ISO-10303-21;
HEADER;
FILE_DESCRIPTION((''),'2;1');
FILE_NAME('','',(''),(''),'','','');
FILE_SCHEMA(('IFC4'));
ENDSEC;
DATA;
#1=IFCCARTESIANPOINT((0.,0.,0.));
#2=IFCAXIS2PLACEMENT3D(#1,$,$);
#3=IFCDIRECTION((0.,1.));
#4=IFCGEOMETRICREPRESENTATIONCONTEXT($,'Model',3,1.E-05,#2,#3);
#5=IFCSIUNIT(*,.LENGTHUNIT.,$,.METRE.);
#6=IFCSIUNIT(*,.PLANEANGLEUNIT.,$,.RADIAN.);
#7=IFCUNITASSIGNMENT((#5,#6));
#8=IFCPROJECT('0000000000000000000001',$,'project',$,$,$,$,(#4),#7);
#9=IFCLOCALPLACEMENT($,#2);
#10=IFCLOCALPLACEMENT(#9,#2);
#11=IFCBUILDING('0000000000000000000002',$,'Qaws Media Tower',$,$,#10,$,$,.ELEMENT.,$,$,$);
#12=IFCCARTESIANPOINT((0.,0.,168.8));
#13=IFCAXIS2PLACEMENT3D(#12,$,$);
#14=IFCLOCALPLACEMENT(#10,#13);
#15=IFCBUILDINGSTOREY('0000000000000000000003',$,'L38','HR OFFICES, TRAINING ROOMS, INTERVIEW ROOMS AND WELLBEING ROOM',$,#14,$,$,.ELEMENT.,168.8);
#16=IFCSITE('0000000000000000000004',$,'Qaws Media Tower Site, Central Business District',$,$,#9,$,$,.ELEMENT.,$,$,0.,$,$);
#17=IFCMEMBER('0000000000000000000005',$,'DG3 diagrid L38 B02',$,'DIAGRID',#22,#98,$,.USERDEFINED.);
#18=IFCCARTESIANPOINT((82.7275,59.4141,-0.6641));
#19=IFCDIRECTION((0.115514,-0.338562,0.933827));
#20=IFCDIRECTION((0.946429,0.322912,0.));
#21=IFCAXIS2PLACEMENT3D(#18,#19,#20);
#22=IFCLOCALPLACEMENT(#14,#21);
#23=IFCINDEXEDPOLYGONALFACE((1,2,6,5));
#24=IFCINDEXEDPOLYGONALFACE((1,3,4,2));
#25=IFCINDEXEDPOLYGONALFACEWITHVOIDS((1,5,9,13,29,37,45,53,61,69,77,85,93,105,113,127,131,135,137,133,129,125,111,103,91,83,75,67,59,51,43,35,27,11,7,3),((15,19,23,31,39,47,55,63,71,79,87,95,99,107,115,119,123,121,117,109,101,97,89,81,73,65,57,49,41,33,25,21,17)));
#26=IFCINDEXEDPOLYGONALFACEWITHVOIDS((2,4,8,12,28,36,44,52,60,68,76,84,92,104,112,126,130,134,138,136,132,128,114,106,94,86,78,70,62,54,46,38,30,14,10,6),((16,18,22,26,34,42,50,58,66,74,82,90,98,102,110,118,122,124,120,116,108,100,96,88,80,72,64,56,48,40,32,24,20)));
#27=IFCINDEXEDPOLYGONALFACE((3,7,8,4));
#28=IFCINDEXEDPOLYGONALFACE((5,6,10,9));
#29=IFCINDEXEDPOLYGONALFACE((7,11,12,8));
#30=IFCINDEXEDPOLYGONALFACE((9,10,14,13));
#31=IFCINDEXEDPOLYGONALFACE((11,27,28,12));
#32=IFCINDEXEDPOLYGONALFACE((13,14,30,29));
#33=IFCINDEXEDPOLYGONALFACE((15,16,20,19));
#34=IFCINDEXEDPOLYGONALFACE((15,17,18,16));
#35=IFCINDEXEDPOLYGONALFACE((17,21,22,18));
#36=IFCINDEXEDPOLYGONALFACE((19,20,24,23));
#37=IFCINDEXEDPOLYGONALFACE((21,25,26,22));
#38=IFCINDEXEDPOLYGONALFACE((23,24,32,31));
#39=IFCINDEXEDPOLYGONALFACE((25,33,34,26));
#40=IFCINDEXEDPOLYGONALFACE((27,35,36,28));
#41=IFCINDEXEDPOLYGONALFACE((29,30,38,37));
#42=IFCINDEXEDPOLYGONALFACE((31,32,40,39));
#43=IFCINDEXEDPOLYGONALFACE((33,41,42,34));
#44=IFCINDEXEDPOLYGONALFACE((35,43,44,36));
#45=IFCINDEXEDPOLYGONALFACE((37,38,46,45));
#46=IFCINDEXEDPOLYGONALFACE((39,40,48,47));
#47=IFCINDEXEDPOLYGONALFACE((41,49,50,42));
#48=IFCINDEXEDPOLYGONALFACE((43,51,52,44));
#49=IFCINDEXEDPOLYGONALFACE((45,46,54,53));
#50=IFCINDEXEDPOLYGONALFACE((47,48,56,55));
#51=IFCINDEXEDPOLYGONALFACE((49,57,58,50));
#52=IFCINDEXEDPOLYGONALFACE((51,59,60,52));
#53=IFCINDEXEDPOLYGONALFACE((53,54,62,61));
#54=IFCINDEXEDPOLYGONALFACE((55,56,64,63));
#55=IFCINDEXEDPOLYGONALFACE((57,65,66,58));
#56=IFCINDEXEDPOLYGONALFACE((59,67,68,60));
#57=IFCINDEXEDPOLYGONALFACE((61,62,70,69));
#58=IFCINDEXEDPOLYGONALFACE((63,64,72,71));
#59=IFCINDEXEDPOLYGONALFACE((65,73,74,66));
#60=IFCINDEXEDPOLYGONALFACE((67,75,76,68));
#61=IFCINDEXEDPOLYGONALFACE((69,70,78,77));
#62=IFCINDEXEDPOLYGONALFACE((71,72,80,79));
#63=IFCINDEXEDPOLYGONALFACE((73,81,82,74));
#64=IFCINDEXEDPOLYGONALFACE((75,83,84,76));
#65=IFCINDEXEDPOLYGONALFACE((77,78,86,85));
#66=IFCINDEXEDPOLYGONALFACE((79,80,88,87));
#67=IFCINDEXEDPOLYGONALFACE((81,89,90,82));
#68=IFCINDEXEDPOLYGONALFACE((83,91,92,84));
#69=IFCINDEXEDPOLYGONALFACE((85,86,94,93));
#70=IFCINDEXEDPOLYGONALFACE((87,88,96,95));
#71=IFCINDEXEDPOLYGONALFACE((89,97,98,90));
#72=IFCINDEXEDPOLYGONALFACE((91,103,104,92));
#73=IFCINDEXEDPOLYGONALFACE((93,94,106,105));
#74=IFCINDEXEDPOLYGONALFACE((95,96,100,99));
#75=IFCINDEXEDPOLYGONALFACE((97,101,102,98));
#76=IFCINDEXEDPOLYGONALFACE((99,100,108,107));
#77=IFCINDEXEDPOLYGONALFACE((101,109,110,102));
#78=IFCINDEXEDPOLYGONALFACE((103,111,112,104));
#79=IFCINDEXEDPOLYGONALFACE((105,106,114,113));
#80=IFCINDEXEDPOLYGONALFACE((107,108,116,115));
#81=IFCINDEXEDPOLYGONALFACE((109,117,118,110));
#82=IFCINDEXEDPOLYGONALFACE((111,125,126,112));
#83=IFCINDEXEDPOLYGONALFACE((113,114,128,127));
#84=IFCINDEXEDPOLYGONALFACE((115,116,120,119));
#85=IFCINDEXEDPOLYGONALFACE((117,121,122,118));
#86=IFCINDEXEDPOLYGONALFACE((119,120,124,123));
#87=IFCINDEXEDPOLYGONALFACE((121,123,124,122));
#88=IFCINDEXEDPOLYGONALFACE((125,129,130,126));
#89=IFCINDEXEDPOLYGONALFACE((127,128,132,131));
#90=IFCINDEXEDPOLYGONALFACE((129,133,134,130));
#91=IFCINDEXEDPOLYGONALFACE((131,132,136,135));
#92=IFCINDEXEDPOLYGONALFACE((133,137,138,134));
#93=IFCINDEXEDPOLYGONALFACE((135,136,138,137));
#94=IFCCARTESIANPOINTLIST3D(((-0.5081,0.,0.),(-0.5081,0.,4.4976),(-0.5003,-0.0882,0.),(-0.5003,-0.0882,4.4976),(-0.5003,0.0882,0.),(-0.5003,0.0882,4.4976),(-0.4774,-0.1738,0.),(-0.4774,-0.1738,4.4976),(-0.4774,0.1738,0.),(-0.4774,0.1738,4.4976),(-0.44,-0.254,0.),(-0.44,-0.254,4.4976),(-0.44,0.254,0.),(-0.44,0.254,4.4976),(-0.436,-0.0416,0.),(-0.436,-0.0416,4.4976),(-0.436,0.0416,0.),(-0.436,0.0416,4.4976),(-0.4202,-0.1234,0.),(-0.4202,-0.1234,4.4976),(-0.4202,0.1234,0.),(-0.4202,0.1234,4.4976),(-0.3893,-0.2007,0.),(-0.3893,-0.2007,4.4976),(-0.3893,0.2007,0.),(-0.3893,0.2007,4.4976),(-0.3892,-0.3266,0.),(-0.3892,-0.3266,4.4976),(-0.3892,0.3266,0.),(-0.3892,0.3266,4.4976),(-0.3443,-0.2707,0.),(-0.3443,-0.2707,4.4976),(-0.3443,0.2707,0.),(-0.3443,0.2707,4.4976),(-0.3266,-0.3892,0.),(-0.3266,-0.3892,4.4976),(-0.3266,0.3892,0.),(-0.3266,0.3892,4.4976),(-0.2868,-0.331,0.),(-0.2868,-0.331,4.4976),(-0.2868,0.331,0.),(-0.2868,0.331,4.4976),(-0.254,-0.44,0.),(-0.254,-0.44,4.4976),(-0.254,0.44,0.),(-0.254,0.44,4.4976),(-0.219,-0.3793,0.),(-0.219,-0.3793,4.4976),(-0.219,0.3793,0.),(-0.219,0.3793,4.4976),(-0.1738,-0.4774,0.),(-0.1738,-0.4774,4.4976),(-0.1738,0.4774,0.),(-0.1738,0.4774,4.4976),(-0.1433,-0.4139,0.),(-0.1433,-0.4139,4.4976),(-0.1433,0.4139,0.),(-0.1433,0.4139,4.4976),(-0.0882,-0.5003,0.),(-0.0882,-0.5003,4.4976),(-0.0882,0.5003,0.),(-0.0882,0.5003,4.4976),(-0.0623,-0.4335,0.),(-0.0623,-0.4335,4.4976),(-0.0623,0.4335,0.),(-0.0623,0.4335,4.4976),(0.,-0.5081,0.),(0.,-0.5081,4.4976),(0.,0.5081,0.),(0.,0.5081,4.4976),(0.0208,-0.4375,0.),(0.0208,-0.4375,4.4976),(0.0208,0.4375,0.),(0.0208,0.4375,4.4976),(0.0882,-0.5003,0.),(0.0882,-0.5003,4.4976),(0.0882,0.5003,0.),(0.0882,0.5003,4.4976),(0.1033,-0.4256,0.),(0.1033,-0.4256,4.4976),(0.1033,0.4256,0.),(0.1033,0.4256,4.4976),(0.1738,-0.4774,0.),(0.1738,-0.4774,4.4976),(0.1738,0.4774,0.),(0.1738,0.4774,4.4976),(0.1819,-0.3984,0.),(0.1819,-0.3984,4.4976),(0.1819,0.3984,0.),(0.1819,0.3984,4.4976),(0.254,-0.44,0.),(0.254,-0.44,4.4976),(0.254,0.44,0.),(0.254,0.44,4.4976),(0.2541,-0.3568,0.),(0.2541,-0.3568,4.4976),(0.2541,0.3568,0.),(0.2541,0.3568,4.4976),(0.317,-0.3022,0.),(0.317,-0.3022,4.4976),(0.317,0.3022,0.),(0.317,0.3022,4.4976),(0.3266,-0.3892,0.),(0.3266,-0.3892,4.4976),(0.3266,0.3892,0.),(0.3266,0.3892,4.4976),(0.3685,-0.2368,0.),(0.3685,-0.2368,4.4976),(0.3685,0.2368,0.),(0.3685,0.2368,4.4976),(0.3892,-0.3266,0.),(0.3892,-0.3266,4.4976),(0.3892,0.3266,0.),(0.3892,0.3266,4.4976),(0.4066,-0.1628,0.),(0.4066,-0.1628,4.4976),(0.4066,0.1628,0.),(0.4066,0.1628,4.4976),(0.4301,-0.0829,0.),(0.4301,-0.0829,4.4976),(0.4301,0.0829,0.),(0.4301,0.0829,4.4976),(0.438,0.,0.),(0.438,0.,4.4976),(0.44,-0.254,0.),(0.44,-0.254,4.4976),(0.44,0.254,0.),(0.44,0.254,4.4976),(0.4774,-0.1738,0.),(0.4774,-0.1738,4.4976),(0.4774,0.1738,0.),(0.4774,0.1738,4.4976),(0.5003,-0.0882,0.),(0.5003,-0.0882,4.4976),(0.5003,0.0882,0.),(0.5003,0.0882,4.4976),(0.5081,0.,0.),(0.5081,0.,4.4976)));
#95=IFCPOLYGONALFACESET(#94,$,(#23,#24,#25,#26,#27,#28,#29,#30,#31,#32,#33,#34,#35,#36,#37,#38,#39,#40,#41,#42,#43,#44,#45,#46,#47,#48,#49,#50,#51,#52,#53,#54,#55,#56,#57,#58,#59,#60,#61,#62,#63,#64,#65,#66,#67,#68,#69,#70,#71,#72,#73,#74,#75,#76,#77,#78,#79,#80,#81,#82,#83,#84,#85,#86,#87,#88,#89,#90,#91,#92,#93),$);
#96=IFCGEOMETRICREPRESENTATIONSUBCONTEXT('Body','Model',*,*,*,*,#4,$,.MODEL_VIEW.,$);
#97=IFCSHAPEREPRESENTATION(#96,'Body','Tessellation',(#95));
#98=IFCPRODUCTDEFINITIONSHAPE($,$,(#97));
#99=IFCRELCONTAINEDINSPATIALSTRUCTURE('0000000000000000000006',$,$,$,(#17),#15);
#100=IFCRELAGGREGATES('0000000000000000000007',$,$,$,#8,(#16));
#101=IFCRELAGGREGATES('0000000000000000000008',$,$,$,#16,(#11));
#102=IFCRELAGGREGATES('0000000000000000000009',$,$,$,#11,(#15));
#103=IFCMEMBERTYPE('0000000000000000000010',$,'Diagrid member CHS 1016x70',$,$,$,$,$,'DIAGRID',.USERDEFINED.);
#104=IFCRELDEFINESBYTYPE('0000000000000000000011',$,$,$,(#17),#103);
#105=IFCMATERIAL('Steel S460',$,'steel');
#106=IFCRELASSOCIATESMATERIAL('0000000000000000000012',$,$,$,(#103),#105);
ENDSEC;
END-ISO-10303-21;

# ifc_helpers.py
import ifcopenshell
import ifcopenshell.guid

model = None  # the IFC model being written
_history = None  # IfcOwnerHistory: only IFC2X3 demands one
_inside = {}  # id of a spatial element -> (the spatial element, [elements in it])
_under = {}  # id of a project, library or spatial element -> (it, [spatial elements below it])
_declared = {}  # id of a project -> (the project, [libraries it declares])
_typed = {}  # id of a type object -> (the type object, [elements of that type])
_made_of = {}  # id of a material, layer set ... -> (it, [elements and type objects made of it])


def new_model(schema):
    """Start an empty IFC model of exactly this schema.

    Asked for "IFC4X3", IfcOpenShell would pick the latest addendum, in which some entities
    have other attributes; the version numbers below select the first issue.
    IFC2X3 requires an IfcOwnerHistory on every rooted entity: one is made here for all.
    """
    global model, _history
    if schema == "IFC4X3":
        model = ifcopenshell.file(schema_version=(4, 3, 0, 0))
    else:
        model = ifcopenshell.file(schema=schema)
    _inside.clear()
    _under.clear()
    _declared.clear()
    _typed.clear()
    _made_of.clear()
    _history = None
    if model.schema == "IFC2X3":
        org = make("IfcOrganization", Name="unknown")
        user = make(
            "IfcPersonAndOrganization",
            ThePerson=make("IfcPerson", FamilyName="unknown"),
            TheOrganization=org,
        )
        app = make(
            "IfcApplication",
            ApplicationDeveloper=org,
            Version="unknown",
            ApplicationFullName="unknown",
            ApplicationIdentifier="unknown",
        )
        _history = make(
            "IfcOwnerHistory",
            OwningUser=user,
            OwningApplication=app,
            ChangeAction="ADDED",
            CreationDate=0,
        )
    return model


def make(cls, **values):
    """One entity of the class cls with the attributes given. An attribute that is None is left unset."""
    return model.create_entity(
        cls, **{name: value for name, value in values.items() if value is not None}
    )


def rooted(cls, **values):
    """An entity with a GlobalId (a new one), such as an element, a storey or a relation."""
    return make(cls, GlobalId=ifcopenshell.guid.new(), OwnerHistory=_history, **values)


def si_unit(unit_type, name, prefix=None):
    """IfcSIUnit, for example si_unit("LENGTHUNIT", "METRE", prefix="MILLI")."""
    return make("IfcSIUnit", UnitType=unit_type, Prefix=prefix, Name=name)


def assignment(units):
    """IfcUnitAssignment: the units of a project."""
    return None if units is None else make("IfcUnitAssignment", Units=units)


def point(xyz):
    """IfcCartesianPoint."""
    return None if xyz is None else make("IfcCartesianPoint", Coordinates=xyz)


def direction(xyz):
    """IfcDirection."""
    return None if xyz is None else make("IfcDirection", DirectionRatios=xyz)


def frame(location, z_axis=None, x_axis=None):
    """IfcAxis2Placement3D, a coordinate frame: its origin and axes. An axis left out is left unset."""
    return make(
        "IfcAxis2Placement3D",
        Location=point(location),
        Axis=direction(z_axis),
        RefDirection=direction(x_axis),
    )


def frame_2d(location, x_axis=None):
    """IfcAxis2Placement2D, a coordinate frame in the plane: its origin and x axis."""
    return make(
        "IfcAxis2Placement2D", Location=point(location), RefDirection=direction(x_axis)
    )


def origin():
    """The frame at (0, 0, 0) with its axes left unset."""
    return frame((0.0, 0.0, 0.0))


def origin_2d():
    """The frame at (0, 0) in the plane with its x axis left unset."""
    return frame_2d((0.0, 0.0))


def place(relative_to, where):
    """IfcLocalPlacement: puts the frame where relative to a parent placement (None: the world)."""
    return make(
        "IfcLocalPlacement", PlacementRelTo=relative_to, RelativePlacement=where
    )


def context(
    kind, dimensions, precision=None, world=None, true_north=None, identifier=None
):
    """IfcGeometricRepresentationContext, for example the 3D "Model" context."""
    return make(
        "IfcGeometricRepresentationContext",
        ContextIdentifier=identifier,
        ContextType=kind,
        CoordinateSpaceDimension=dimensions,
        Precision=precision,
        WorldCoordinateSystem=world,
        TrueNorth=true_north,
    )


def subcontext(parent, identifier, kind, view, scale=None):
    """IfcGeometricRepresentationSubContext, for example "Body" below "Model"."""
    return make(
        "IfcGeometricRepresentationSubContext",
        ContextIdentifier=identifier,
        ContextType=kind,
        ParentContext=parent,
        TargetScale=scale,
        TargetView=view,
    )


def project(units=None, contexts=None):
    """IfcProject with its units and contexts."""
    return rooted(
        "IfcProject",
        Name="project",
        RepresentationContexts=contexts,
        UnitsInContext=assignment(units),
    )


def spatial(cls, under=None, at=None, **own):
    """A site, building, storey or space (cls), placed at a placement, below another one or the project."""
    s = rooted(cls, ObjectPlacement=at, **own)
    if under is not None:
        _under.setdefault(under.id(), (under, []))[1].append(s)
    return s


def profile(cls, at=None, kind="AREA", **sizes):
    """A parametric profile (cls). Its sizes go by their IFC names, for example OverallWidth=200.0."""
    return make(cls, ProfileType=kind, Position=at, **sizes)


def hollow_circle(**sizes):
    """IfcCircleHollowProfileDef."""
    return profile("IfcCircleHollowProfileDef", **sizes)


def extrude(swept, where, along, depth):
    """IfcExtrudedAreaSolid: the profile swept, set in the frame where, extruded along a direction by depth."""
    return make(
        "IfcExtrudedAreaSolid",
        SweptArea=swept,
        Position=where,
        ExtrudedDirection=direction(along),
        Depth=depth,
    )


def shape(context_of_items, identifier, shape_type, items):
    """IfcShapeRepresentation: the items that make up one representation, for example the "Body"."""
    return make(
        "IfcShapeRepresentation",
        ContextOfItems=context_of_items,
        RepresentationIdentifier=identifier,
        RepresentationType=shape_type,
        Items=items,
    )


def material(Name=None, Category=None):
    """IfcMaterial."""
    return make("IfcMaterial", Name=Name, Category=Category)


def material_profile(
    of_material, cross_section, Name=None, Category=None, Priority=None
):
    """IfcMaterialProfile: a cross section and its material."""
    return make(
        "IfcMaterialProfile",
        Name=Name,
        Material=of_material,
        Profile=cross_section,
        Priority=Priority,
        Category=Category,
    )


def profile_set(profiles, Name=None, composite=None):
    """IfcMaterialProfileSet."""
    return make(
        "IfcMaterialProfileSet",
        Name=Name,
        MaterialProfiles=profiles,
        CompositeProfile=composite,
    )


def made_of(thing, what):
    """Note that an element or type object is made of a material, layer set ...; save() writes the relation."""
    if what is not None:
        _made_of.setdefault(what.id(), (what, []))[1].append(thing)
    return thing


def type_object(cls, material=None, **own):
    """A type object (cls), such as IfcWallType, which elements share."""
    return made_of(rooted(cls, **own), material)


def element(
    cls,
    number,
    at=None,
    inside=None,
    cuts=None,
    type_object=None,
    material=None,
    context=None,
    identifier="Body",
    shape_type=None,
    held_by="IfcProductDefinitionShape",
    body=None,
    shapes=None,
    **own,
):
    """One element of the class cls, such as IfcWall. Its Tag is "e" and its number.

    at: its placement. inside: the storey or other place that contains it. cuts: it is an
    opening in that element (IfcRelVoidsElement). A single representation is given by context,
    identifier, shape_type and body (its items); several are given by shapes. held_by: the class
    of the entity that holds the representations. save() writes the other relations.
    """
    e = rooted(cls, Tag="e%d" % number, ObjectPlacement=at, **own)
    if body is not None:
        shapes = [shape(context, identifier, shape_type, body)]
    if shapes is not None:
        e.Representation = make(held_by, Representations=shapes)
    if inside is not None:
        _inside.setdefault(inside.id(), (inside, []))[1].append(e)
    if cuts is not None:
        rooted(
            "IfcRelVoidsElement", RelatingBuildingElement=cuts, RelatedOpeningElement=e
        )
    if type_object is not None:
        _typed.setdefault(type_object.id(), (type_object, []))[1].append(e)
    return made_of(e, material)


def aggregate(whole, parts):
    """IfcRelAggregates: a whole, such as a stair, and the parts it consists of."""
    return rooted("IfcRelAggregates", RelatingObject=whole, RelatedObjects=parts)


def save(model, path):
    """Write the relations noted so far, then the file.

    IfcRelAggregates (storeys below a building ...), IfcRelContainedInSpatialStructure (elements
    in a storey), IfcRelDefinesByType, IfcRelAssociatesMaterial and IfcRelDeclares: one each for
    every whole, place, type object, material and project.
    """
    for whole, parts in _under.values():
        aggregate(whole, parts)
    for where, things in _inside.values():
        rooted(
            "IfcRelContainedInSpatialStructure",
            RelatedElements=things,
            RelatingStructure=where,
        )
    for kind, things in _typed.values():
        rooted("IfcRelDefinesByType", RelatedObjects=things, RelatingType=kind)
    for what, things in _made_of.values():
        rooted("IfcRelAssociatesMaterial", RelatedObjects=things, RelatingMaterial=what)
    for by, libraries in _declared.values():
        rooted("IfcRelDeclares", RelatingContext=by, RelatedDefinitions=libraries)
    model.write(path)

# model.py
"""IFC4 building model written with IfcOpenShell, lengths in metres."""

from ifc_helpers import new_model, si_unit, direction, frame, origin, origin_2d, place, context, subcontext, project, spatial, hollow_circle, extrude, material, material_profile, profile_set, type_object, element, save


model = new_model("IFC4")

# Units and contexts
model_context = context("Model", 3, precision=1e-05, world=origin(), true_north=direction((0.0, 1.0)))
body_context = subcontext(model_context, "Body", "Model", "MODEL_VIEW")
ifc_project = project(units=[si_unit("LENGTHUNIT", "METRE"), si_unit("PLANEANGLEUNIT", "RADIAN")], contexts=[model_context])

# Site, building, storey
site_placement = place(None, origin())
site = spatial("IfcSite", under=ifc_project, at=site_placement, Name="Qaws Media Tower Site, Central Business District", CompositionType="ELEMENT", RefElevation=0.0)
building_placement = place(site_placement, origin())
building = spatial("IfcBuilding", under=site, at=building_placement, Name="Qaws Media Tower", CompositionType="ELEMENT")
storey_placement = place(building_placement, frame((0.0, 0.0, 168.8)))
storey = spatial("IfcBuildingStorey", under=building, at=storey_placement, Name="L38", Description="HR OFFICES, TRAINING ROOMS, INTERVIEW ROOMS AND WELLBEING ROOM", CompositionType="ELEMENT", Elevation=168.8)

# Member
ifc_material_1 = material(Name="Steel S460", Category="steel")
ifc_material_profile_1 = material_profile(ifc_material_1, hollow_circle(Radius=0.5081, WallThickness=0.0701, at=origin_2d()), Name="CHS 1016x70")
ifc_profile_set_1 = profile_set([ifc_material_profile_1], Name="Steel S460")
member_type_1 = type_object("IfcMemberType", Name="Diagrid member CHS 1016x70", ElementType="DIAGRID", PredefinedType="USERDEFINED", material=ifc_profile_set_1)
for number, where, z_axis, x_axis, name in (
    (1, (82.7275, 59.4141, -0.6641), (0.115514, -0.338562, 0.933827), (0.946429, 0.322912, 0.0), "DG3 diagrid L38 B02"),
):
    element("IfcMember", number, at=place(storey_placement, frame(where, z_axis=z_axis, x_axis=x_axis)), inside=storey, type_object=member_type_1, Name=name, ObjectType="DIAGRID", PredefinedType="USERDEFINED", context=body_context, shape_type="SweptSolid", body=[
        extrude(hollow_circle(Radius=0.5081, WallThickness=0.0701, at=origin_2d()), origin(), (0.0, 0.0, 1.0), 4.4976),
    ])

save(model, "model.ifc")
